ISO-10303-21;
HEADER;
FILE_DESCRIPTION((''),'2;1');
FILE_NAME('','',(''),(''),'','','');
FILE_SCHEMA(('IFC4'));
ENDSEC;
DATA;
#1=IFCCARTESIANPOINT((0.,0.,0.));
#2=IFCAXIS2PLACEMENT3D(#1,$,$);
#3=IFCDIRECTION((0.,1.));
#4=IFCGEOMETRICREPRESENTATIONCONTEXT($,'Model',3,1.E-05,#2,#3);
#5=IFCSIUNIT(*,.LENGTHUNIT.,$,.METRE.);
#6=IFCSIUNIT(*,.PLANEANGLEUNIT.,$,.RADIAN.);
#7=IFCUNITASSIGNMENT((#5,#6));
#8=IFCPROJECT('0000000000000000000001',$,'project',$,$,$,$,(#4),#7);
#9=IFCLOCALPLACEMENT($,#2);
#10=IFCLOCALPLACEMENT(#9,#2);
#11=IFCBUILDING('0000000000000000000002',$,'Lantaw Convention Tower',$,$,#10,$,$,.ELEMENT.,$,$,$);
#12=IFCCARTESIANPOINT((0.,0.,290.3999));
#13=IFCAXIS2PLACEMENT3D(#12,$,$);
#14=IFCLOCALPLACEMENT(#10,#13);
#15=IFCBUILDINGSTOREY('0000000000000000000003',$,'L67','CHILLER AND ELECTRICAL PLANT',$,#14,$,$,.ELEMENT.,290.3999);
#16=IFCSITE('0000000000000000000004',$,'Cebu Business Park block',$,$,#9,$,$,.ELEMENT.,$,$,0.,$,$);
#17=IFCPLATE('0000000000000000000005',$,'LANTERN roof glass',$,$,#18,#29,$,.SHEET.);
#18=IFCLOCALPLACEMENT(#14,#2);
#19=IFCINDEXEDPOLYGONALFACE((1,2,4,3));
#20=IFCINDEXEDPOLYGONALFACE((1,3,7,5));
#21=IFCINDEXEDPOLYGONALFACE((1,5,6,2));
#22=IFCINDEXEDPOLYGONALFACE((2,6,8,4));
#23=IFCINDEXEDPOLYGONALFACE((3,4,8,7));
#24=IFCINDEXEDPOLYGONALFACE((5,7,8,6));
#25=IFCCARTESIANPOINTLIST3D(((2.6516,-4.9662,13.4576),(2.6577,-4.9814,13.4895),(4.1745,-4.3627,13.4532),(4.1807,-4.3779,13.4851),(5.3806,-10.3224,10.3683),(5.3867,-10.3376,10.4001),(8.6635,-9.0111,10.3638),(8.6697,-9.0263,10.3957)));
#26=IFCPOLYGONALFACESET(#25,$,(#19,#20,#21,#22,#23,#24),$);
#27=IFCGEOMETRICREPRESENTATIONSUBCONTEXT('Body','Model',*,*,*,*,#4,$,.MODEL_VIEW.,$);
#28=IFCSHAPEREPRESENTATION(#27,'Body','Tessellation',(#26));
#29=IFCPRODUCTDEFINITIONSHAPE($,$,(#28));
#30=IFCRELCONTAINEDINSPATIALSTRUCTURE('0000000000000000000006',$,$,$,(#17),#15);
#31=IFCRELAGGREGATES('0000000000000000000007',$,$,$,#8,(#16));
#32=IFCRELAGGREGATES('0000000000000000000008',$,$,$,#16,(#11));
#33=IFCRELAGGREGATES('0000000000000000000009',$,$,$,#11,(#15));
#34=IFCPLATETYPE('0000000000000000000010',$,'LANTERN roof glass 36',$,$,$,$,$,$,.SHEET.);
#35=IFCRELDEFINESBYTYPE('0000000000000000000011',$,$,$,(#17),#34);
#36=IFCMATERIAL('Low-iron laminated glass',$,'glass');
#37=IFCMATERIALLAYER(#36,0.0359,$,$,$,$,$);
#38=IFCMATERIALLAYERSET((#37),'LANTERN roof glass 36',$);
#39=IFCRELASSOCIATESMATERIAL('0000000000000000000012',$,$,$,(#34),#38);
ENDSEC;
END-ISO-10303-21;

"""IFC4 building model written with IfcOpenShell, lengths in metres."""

from ifc_helpers import new_model, si_unit, direction, frame, origin, place, context, subcontext, project, spatial, polyline, outline, extrude, material, layer, layer_set, type_object, element, save


model = new_model("IFC4")

# Units and contexts
model_context = context("Model", 3, precision=1e-05, world=origin(), true_north=direction((0.0, 1.0)))
body_context = subcontext(model_context, "Body", "Model", "MODEL_VIEW")
ifc_project = project(units=[si_unit("LENGTHUNIT", "METRE"), si_unit("PLANEANGLEUNIT", "RADIAN")], contexts=[model_context])

# Site, building, storey
site_placement = place(None, origin())
site = spatial("IfcSite", under=ifc_project, at=site_placement, Name="Cebu Business Park block", CompositionType="ELEMENT", RefElevation=0.0)
building_placement = place(site_placement, origin())
building = spatial("IfcBuilding", under=site, at=building_placement, Name="Lantaw Convention Tower", CompositionType="ELEMENT")
storey_placement = place(building_placement, frame((0.0, 0.0, 290.3999)))
storey = spatial("IfcBuildingStorey", under=building, at=storey_placement, Name="L67", Description="CHILLER AND ELECTRICAL PLANT", CompositionType="ELEMENT", Elevation=290.3999)

# Shared definitions
ifc_material_1 = material(Name="Low-iron laminated glass", Category="glass")

# Plate
ifc_layer_1 = layer(ifc_material_1, 0.0359)
ifc_layer_set_1 = layer_set([ifc_layer_1], Name="LANTERN roof glass 36")
plate_type_1 = type_object("IfcPlateType", Name="LANTERN roof glass 36", PredefinedType="SHEET", material=ifc_layer_set_1)
plate_1_placement = place(storey_placement, frame((5.3867, -10.3376, 10.4001), z_axis=(0.171111, -0.425389, 0.888687), x_axis=(0.92866, 0.370931, -0.001253)))
element("IfcPlate", 1, at=plate_1_placement, inside=storey, type_object=plate_type_1, Name="LANTERN roof glass", PredefinedType="SHEET", context=body_context, shape_type="SweptSolid", body=[
    extrude(outline(polyline([(0.0, 0.0), (3.5352, 0.0), (1.0868, 6.7312), (-0.5514, 6.7362), (0.0, 0.0)])), origin(), (0.0, 0.0, -1.0), 0.0359),
])

save(model, "model.ifc")
